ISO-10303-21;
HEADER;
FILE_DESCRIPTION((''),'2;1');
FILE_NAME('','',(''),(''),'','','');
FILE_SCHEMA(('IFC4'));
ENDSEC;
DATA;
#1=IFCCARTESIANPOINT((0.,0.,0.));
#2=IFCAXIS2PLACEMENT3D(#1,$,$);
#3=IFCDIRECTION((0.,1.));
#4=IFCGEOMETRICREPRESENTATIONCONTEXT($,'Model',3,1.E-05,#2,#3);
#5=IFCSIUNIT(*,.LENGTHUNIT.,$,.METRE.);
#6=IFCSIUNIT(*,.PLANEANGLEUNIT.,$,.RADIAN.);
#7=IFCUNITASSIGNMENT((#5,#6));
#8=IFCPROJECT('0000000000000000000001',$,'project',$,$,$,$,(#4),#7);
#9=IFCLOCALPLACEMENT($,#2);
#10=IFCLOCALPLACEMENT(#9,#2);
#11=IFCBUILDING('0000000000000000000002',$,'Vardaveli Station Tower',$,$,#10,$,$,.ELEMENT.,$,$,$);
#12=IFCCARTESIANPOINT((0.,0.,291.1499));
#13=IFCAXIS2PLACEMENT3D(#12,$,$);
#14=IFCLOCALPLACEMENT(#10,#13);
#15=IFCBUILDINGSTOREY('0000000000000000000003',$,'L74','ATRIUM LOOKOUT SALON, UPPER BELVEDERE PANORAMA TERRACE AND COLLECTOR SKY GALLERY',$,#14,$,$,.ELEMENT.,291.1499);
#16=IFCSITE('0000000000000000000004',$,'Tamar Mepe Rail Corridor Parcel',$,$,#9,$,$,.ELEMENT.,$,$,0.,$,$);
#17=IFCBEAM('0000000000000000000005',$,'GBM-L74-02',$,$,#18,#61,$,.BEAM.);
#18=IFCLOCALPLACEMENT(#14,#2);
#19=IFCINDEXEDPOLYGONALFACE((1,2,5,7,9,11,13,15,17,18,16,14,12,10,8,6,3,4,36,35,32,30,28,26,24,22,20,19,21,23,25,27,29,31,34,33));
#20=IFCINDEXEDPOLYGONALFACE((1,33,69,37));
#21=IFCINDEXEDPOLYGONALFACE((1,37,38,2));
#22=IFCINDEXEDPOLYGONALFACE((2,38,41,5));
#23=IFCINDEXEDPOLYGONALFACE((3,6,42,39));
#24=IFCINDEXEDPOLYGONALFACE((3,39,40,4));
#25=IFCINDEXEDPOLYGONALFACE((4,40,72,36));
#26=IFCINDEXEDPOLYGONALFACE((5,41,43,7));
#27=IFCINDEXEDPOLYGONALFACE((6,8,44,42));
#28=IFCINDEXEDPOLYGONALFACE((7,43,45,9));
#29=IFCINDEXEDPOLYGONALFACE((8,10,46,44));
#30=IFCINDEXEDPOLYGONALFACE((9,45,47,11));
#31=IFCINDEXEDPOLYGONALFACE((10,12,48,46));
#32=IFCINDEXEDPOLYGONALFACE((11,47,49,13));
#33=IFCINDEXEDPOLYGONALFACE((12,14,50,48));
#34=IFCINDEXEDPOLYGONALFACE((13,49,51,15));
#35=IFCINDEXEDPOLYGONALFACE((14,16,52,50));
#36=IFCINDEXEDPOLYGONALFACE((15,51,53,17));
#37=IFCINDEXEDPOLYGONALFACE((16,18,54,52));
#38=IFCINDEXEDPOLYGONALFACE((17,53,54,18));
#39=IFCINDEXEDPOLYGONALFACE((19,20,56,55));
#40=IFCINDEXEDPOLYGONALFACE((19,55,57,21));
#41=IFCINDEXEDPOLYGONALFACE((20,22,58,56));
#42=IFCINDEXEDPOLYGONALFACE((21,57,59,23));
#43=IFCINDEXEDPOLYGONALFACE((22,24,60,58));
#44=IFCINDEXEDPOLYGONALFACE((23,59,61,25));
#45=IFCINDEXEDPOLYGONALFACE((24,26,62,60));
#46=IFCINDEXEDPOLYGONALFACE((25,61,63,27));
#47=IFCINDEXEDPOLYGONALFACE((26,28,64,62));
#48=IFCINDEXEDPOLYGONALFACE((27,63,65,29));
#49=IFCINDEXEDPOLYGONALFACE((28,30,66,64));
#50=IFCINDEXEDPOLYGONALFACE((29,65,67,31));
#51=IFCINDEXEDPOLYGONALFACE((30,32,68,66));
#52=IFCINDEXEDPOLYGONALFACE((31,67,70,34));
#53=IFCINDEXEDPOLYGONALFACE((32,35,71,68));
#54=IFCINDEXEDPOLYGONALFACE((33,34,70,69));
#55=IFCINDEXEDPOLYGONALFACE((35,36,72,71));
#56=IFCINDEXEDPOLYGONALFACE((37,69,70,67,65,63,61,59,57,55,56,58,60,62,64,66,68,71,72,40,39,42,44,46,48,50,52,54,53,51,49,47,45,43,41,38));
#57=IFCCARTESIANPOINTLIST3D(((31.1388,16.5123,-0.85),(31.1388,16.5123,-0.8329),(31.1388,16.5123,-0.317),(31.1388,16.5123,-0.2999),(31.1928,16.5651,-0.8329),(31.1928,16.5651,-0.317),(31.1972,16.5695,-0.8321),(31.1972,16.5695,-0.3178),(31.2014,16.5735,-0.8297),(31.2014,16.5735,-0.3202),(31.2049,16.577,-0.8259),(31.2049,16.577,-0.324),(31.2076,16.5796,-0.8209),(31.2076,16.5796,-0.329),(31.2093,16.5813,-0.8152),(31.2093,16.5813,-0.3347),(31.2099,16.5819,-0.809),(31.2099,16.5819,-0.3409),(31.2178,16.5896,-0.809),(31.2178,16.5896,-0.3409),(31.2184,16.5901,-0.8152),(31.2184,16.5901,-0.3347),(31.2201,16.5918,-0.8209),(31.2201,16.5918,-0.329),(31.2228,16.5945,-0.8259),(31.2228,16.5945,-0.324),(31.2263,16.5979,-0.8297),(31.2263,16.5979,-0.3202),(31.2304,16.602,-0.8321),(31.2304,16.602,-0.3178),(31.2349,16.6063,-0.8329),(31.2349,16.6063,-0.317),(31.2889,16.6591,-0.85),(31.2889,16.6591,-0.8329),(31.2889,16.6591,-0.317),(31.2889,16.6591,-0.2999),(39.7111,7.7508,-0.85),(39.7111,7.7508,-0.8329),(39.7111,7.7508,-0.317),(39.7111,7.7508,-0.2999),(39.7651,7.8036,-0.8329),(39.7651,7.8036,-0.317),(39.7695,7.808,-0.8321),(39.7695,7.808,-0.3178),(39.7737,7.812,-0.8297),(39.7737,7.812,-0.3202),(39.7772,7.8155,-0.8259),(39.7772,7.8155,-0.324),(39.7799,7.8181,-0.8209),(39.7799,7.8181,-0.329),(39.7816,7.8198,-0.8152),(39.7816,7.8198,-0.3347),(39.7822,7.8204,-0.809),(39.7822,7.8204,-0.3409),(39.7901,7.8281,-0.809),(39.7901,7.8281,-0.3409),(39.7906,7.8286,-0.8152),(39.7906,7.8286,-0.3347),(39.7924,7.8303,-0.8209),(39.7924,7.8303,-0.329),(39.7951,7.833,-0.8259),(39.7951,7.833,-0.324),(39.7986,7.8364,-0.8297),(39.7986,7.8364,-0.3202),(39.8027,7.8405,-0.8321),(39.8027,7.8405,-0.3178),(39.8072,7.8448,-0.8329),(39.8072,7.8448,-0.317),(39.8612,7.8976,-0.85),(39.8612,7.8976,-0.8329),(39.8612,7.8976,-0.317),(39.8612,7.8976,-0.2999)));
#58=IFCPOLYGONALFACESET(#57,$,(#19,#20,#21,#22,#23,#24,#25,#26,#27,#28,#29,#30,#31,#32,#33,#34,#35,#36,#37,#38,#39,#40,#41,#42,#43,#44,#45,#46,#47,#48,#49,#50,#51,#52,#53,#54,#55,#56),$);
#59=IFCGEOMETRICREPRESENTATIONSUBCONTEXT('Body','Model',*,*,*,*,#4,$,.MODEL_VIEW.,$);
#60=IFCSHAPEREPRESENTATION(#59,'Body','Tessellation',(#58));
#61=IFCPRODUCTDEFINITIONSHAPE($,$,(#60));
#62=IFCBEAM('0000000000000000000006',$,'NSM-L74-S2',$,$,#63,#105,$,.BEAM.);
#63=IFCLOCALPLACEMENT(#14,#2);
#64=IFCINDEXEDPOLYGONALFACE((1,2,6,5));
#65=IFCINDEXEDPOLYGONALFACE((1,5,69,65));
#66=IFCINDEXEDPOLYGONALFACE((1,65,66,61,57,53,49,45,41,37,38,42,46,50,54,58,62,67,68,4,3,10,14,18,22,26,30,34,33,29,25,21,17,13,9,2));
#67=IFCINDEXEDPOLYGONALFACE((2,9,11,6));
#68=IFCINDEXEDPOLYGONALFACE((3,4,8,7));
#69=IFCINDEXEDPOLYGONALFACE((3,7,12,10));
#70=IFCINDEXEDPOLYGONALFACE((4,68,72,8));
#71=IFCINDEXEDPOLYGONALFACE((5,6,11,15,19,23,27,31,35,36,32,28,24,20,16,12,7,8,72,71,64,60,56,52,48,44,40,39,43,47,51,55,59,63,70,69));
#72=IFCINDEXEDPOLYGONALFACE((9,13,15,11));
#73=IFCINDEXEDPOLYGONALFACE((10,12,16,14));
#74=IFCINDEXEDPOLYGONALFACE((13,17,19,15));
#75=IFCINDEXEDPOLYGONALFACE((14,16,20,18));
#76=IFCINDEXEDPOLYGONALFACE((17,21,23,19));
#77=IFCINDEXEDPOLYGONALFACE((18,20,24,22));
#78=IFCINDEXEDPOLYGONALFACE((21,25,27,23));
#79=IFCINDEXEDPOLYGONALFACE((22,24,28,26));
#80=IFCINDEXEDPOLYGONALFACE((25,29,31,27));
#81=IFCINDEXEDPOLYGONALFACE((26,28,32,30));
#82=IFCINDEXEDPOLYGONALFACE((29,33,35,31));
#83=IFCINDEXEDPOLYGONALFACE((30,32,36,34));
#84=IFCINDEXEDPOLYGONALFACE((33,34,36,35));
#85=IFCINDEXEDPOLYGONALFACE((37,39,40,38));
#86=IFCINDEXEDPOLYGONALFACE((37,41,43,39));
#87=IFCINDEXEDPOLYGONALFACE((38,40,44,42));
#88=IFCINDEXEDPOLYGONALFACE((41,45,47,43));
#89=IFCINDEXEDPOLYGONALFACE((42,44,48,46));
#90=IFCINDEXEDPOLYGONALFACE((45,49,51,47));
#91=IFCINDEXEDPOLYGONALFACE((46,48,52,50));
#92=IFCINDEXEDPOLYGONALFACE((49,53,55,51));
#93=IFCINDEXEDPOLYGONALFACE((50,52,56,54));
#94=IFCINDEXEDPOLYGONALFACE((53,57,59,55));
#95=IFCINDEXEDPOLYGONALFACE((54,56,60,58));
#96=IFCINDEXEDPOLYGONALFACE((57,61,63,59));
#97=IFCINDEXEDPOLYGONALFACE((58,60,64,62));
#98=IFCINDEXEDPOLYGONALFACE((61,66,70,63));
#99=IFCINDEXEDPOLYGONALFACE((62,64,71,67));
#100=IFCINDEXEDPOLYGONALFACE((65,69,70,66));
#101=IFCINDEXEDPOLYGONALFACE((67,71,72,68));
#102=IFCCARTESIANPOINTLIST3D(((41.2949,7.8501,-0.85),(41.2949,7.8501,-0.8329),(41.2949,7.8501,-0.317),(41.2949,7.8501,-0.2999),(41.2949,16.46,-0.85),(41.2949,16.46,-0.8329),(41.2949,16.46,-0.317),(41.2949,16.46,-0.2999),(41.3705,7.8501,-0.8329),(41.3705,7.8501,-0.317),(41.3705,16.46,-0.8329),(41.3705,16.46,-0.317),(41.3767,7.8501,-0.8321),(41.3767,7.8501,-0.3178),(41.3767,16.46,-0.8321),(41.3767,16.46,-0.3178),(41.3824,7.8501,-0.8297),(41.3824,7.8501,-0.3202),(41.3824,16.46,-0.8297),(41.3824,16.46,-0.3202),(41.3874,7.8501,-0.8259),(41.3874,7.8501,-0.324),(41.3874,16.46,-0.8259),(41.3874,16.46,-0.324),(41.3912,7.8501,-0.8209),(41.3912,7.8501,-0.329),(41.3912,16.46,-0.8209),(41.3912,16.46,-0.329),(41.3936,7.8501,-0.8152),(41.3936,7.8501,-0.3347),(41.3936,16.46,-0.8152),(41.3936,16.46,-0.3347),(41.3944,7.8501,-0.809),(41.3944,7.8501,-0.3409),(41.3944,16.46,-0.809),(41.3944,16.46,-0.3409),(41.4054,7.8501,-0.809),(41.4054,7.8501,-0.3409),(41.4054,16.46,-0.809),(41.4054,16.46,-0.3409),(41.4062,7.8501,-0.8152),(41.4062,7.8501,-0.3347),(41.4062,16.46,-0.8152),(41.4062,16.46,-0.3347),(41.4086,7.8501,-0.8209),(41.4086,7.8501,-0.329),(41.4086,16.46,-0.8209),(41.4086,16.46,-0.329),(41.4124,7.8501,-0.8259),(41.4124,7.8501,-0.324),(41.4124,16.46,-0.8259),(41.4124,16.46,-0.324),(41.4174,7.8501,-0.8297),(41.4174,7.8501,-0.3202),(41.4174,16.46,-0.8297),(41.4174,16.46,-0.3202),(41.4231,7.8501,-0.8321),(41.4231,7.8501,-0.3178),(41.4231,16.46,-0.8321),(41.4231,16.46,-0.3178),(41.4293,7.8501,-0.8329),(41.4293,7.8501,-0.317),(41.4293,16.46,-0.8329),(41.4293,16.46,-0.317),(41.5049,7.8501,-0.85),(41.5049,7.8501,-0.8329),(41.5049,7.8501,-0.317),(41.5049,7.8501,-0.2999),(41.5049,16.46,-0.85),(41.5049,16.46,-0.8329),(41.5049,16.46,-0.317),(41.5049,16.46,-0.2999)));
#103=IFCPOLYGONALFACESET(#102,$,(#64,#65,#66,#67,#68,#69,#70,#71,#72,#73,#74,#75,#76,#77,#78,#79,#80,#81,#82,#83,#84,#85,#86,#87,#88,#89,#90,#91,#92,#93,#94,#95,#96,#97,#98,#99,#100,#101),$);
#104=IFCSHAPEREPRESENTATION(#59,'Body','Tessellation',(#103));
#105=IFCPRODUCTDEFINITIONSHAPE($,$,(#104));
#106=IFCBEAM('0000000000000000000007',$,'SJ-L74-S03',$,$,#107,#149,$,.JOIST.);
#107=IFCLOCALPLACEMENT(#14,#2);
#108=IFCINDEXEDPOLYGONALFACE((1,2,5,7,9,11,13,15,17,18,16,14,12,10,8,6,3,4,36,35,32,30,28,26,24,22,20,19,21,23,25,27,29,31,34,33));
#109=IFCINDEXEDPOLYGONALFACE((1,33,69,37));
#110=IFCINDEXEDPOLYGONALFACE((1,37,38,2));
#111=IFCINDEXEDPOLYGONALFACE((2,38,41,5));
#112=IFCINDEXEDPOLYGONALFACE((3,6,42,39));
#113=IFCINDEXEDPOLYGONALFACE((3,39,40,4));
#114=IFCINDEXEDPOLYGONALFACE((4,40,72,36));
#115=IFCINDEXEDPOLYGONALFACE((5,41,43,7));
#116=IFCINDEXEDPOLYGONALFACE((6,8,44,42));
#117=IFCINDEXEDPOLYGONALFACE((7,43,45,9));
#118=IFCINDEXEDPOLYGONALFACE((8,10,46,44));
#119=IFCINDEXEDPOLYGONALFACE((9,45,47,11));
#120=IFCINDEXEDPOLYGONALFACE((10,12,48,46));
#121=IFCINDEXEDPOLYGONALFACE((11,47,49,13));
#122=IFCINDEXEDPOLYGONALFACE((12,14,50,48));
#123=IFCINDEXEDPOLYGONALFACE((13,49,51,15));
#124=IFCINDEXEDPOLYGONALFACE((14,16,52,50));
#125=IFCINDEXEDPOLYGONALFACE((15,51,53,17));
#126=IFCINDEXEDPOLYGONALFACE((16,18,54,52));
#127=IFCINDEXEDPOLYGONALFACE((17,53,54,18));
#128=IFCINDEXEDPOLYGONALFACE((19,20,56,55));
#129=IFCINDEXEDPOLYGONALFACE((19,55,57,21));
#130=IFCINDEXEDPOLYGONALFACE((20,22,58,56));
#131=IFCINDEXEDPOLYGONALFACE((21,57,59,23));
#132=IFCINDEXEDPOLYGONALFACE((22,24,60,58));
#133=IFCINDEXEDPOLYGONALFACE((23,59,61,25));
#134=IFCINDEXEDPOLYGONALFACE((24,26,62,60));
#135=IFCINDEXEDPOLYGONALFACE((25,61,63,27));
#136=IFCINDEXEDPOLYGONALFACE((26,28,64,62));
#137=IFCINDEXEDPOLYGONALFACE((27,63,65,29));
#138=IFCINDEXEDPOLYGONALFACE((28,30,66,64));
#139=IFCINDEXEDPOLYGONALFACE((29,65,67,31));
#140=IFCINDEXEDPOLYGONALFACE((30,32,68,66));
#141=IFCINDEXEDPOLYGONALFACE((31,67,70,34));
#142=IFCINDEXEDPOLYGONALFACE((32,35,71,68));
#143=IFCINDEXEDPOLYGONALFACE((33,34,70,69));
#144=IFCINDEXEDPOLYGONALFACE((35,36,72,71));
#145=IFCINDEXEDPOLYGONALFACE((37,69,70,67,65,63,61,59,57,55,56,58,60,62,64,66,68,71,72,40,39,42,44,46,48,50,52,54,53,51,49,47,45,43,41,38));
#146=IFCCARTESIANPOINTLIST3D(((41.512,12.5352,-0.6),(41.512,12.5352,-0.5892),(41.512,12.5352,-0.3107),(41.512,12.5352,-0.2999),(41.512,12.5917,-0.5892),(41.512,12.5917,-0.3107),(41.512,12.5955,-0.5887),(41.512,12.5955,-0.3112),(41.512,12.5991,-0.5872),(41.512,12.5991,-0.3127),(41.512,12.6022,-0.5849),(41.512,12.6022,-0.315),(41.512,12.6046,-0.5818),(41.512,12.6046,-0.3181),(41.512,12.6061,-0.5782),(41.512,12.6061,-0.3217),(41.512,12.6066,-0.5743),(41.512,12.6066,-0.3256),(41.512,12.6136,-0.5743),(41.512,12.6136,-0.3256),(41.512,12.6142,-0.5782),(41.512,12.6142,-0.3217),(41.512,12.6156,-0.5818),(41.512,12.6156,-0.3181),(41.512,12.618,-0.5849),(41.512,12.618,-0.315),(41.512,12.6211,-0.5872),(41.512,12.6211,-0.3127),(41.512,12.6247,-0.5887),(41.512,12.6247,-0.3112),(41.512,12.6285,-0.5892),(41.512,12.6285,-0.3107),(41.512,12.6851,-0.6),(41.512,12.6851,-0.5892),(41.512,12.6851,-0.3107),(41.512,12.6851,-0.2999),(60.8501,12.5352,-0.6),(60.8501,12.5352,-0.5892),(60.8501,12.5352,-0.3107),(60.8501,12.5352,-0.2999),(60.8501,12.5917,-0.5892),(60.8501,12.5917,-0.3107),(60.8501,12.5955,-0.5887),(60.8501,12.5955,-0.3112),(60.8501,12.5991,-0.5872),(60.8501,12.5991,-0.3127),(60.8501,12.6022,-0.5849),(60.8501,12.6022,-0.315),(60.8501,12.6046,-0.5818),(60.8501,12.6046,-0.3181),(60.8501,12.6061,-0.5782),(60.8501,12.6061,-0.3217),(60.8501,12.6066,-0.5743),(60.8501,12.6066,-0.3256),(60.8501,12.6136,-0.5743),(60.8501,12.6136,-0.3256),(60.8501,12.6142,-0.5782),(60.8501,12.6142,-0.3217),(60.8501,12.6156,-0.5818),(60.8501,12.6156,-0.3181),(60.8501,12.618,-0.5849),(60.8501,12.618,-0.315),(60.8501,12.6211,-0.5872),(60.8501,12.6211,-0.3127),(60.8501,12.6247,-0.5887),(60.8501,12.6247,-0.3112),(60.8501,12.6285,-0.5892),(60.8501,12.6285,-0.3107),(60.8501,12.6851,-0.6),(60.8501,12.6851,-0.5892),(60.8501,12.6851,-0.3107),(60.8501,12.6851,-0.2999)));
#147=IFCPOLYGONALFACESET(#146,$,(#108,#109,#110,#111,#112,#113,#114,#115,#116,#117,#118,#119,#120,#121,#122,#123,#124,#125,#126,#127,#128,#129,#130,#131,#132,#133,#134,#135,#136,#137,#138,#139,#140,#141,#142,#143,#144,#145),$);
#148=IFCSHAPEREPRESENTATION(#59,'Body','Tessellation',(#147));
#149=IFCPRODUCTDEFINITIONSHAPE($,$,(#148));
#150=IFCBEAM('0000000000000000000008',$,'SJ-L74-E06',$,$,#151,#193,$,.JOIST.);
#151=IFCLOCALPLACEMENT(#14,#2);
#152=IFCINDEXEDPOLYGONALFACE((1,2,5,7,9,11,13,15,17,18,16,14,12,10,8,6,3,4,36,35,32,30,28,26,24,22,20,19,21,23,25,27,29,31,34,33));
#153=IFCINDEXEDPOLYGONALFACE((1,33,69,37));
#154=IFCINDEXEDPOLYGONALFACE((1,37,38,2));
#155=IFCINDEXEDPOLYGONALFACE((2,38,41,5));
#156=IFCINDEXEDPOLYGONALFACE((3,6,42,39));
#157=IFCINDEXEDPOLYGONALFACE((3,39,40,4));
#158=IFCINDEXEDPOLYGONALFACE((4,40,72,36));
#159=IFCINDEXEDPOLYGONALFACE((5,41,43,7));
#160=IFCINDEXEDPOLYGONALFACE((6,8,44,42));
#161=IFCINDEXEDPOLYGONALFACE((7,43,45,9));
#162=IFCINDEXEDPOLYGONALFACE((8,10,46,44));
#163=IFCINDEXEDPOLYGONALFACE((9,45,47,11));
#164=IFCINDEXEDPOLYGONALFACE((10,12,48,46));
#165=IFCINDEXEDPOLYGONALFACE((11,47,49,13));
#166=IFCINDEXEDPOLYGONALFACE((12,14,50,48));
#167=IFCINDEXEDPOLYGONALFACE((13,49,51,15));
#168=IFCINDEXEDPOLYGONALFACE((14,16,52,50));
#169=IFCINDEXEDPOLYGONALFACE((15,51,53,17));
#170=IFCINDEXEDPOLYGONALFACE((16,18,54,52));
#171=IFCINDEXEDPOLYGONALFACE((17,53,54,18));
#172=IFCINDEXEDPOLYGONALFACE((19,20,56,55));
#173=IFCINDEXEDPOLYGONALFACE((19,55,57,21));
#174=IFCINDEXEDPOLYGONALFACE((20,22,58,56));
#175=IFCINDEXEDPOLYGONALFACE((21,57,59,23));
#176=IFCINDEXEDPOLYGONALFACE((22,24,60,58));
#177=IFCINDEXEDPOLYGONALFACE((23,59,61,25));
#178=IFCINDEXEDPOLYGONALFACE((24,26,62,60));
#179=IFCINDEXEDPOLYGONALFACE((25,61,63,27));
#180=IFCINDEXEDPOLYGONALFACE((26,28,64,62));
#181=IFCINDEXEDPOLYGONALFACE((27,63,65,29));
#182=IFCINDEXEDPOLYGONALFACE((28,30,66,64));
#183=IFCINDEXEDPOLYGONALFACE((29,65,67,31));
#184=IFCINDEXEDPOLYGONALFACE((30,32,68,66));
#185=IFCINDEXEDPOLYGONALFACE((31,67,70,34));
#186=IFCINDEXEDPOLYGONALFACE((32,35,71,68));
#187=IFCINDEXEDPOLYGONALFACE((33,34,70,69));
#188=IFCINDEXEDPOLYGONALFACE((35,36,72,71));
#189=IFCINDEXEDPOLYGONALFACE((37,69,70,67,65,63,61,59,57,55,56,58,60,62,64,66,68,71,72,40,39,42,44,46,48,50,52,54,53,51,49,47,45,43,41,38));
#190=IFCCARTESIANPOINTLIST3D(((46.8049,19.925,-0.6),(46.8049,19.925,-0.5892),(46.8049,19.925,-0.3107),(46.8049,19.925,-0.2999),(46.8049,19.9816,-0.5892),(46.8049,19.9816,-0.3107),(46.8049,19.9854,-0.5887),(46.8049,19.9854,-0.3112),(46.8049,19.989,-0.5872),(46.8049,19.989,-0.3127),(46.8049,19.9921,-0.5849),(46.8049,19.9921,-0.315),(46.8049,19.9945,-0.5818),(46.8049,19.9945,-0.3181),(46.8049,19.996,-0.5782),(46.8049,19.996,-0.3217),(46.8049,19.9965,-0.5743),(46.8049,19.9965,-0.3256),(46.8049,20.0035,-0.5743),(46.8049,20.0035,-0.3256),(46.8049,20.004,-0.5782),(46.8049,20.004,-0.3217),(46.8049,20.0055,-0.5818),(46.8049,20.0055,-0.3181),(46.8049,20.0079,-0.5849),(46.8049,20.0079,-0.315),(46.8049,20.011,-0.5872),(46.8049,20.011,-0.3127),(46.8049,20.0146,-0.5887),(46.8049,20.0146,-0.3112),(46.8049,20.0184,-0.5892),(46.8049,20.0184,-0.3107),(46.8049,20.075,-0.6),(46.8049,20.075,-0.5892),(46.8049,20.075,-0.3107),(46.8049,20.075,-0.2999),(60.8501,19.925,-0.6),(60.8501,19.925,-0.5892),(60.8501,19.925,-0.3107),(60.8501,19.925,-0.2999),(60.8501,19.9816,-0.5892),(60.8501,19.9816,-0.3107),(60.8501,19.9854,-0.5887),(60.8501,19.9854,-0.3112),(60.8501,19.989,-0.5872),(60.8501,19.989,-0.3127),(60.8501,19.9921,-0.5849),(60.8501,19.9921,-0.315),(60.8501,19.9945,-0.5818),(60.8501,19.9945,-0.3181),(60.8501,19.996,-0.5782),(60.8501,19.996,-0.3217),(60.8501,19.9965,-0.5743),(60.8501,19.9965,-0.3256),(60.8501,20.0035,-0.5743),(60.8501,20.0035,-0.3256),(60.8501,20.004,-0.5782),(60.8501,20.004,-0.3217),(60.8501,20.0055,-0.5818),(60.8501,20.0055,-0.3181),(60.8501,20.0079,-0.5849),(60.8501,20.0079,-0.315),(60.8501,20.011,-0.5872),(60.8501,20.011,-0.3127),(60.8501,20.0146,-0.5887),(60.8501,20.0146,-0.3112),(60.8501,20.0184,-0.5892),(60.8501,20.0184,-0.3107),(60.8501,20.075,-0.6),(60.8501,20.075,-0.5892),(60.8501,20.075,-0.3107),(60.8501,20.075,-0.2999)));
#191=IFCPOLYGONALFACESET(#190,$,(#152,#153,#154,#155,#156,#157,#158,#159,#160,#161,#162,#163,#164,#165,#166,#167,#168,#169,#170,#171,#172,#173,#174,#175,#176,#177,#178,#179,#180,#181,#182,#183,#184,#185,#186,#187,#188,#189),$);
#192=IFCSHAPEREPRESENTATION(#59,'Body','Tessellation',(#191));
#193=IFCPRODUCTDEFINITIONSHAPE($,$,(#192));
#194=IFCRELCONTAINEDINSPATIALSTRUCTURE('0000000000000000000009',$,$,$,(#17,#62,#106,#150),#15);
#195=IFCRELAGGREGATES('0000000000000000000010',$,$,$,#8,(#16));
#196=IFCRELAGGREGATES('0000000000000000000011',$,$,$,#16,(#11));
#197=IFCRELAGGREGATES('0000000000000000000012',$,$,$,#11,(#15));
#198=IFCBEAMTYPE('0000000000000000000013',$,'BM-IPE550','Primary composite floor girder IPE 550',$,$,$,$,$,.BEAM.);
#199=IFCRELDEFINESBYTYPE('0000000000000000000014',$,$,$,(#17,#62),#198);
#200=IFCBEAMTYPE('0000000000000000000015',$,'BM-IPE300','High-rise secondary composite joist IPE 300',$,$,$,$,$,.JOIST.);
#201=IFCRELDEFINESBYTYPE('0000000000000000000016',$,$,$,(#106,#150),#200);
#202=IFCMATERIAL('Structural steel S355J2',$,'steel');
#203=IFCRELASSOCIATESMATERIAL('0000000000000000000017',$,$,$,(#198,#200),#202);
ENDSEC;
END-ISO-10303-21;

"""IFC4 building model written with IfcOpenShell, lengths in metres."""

from ifc_helpers import new_model, si_unit, direction, frame, origin, origin_2d, place, context, subcontext, project, spatial, i_section, extrude, source, transform, mapped, material, material_profile, profile_set, type_object, element, save


model = new_model("IFC4")

# Units and contexts
model_context = context("Model", 3, precision=1e-05, world=origin(), true_north=direction((0.0, 1.0)))
body_context = subcontext(model_context, "Body", "Model", "MODEL_VIEW")
ifc_project = project(units=[si_unit("LENGTHUNIT", "METRE"), si_unit("PLANEANGLEUNIT", "RADIAN")], contexts=[model_context])

# Site, building, storey
site_placement = place(None, origin())
site = spatial("IfcSite", under=ifc_project, at=site_placement, Name="Tamar Mepe Rail Corridor Parcel", CompositionType="ELEMENT", RefElevation=0.0)
building_placement = place(site_placement, origin())
building = spatial("IfcBuilding", under=site, at=building_placement, Name="Vardaveli Station Tower", CompositionType="ELEMENT")
storey_placement = place(building_placement, frame((0.0, 0.0, 291.1499)))
storey = spatial("IfcBuildingStorey", under=building, at=storey_placement, Name="L74", Description="ATRIUM LOOKOUT SALON, UPPER BELVEDERE PANORAMA TERRACE AND COLLECTOR SKY GALLERY", CompositionType="ELEMENT", Elevation=291.1499)

# Shared definitions
ifc_material_1 = material(Name="Structural steel S355J2", Category="steel")

# Beams
ifc_material_profile_1 = material_profile(ifc_material_1, i_section(OverallWidth=0.21, OverallDepth=0.55, WebThickness=0.011, FlangeThickness=0.0171, FilletRadius=0.0239, at=origin_2d()), Name="IPE 550")
ifc_profile_set_1 = profile_set([ifc_material_profile_1], Name="Structural steel S355J2")
beam_type_1 = type_object("IfcBeamType", Name="BM-IPE550", Description="Primary composite floor girder IPE 550", PredefinedType="BEAM", material=ifc_profile_set_1)
shared_shape_1 = source(origin(), body_context, "Body", "SweptSolid", [
    extrude(i_section(OverallWidth=0.21, OverallDepth=0.55, WebThickness=0.011, FlangeThickness=0.0171, FilletRadius=0.0239, at=origin_2d()), origin(), (0.0, 0.0, 1.0), 12.2576),
])
beam_1_placement = place(storey_placement, frame((39.7861, 7.8242, -0.575), z_axis=(-0.699347, 0.714783, 0.0), x_axis=(-0.714783, -0.699347, 0.0)))
element("IfcBeam", 1, at=beam_1_placement, inside=storey, type_object=beam_type_1, Name="GBM-L74-02", PredefinedType="BEAM", context=body_context, shape_type="MappedRepresentation", body=[
    mapped(shared_shape_1, transform((0.0, 0.0, 0.0), scale=1.0)),
])
shared_shape_2 = source(origin(), body_context, "Body", "SweptSolid", [
    extrude(i_section(OverallWidth=0.21, OverallDepth=0.55, WebThickness=0.011, FlangeThickness=0.0171, FilletRadius=0.0239, at=origin_2d()), origin(), (0.0, 0.0, 1.0), 8.6099),
])
beam_2_placement = place(storey_placement, frame((41.3999, 7.8501, -0.575), z_axis=(0.0, 1.0, 0.0), x_axis=(-1.0, 0.0, 0.0)))
element("IfcBeam", 2, at=beam_2_placement, inside=storey, type_object=beam_type_1, Name="NSM-L74-S2", PredefinedType="BEAM", context=body_context, shape_type="MappedRepresentation", body=[
    mapped(shared_shape_2, transform((0.0, 0.0, 0.0), scale=1.0)),
])
ifc_material_profile_2 = material_profile(ifc_material_1, i_section(OverallWidth=0.1499, OverallDepth=0.3, WebThickness=0.0071, FlangeThickness=0.0107, FilletRadius=0.0149, at=origin_2d()), Name="IPE 300")
ifc_profile_set_2 = profile_set([ifc_material_profile_2], Name="Structural steel S355J2")
beam_type_2 = type_object("IfcBeamType", Name="BM-IPE300", Description="High-rise secondary composite joist IPE 300", PredefinedType="JOIST", material=ifc_profile_set_2)
shared_shape_3 = source(origin(), body_context, "Body", "SweptSolid", [
    extrude(i_section(OverallWidth=0.1499, OverallDepth=0.3, WebThickness=0.0071, FlangeThickness=0.0107, FilletRadius=0.0149, at=origin_2d()), origin(), (0.0, 0.0, 1.0), 19.3381),
])
beam_3_placement = place(storey_placement, frame((41.512, 12.6101, -0.45), z_axis=(1.0, 0.0, 0.0), x_axis=(0.0, 1.0, 0.0)))
element("IfcBeam", 3, at=beam_3_placement, inside=storey, type_object=beam_type_2, Name="SJ-L74-S03", PredefinedType="JOIST", context=body_context, shape_type="MappedRepresentation", body=[
    mapped(shared_shape_3, transform((0.0, 0.0, 0.0), scale=1.0)),
])
shared_shape_4 = source(origin(), body_context, "Body", "SweptSolid", [
    extrude(i_section(OverallWidth=0.1499, OverallDepth=0.3, WebThickness=0.0071, FlangeThickness=0.0107, FilletRadius=0.0149, at=origin_2d()), origin(), (0.0, 0.0, 1.0), 14.0452),
])
for number, where, z_axis, x_axis, name in (
    (4, (46.8049, 20.0, -0.45), (1.0, 0.0, 0.0), (0.0, 1.0, 0.0), "SJ-L74-E06"),
):
    element("IfcBeam", number, at=place(storey_placement, frame(where, z_axis=z_axis, x_axis=x_axis)), inside=storey, type_object=beam_type_2, Name=name, PredefinedType="JOIST", context=body_context, shape_type="MappedRepresentation", body=[
        mapped(shared_shape_4, transform((0.0, 0.0, 0.0), scale=1.0)),
    ])

save(model, "model.ifc")
